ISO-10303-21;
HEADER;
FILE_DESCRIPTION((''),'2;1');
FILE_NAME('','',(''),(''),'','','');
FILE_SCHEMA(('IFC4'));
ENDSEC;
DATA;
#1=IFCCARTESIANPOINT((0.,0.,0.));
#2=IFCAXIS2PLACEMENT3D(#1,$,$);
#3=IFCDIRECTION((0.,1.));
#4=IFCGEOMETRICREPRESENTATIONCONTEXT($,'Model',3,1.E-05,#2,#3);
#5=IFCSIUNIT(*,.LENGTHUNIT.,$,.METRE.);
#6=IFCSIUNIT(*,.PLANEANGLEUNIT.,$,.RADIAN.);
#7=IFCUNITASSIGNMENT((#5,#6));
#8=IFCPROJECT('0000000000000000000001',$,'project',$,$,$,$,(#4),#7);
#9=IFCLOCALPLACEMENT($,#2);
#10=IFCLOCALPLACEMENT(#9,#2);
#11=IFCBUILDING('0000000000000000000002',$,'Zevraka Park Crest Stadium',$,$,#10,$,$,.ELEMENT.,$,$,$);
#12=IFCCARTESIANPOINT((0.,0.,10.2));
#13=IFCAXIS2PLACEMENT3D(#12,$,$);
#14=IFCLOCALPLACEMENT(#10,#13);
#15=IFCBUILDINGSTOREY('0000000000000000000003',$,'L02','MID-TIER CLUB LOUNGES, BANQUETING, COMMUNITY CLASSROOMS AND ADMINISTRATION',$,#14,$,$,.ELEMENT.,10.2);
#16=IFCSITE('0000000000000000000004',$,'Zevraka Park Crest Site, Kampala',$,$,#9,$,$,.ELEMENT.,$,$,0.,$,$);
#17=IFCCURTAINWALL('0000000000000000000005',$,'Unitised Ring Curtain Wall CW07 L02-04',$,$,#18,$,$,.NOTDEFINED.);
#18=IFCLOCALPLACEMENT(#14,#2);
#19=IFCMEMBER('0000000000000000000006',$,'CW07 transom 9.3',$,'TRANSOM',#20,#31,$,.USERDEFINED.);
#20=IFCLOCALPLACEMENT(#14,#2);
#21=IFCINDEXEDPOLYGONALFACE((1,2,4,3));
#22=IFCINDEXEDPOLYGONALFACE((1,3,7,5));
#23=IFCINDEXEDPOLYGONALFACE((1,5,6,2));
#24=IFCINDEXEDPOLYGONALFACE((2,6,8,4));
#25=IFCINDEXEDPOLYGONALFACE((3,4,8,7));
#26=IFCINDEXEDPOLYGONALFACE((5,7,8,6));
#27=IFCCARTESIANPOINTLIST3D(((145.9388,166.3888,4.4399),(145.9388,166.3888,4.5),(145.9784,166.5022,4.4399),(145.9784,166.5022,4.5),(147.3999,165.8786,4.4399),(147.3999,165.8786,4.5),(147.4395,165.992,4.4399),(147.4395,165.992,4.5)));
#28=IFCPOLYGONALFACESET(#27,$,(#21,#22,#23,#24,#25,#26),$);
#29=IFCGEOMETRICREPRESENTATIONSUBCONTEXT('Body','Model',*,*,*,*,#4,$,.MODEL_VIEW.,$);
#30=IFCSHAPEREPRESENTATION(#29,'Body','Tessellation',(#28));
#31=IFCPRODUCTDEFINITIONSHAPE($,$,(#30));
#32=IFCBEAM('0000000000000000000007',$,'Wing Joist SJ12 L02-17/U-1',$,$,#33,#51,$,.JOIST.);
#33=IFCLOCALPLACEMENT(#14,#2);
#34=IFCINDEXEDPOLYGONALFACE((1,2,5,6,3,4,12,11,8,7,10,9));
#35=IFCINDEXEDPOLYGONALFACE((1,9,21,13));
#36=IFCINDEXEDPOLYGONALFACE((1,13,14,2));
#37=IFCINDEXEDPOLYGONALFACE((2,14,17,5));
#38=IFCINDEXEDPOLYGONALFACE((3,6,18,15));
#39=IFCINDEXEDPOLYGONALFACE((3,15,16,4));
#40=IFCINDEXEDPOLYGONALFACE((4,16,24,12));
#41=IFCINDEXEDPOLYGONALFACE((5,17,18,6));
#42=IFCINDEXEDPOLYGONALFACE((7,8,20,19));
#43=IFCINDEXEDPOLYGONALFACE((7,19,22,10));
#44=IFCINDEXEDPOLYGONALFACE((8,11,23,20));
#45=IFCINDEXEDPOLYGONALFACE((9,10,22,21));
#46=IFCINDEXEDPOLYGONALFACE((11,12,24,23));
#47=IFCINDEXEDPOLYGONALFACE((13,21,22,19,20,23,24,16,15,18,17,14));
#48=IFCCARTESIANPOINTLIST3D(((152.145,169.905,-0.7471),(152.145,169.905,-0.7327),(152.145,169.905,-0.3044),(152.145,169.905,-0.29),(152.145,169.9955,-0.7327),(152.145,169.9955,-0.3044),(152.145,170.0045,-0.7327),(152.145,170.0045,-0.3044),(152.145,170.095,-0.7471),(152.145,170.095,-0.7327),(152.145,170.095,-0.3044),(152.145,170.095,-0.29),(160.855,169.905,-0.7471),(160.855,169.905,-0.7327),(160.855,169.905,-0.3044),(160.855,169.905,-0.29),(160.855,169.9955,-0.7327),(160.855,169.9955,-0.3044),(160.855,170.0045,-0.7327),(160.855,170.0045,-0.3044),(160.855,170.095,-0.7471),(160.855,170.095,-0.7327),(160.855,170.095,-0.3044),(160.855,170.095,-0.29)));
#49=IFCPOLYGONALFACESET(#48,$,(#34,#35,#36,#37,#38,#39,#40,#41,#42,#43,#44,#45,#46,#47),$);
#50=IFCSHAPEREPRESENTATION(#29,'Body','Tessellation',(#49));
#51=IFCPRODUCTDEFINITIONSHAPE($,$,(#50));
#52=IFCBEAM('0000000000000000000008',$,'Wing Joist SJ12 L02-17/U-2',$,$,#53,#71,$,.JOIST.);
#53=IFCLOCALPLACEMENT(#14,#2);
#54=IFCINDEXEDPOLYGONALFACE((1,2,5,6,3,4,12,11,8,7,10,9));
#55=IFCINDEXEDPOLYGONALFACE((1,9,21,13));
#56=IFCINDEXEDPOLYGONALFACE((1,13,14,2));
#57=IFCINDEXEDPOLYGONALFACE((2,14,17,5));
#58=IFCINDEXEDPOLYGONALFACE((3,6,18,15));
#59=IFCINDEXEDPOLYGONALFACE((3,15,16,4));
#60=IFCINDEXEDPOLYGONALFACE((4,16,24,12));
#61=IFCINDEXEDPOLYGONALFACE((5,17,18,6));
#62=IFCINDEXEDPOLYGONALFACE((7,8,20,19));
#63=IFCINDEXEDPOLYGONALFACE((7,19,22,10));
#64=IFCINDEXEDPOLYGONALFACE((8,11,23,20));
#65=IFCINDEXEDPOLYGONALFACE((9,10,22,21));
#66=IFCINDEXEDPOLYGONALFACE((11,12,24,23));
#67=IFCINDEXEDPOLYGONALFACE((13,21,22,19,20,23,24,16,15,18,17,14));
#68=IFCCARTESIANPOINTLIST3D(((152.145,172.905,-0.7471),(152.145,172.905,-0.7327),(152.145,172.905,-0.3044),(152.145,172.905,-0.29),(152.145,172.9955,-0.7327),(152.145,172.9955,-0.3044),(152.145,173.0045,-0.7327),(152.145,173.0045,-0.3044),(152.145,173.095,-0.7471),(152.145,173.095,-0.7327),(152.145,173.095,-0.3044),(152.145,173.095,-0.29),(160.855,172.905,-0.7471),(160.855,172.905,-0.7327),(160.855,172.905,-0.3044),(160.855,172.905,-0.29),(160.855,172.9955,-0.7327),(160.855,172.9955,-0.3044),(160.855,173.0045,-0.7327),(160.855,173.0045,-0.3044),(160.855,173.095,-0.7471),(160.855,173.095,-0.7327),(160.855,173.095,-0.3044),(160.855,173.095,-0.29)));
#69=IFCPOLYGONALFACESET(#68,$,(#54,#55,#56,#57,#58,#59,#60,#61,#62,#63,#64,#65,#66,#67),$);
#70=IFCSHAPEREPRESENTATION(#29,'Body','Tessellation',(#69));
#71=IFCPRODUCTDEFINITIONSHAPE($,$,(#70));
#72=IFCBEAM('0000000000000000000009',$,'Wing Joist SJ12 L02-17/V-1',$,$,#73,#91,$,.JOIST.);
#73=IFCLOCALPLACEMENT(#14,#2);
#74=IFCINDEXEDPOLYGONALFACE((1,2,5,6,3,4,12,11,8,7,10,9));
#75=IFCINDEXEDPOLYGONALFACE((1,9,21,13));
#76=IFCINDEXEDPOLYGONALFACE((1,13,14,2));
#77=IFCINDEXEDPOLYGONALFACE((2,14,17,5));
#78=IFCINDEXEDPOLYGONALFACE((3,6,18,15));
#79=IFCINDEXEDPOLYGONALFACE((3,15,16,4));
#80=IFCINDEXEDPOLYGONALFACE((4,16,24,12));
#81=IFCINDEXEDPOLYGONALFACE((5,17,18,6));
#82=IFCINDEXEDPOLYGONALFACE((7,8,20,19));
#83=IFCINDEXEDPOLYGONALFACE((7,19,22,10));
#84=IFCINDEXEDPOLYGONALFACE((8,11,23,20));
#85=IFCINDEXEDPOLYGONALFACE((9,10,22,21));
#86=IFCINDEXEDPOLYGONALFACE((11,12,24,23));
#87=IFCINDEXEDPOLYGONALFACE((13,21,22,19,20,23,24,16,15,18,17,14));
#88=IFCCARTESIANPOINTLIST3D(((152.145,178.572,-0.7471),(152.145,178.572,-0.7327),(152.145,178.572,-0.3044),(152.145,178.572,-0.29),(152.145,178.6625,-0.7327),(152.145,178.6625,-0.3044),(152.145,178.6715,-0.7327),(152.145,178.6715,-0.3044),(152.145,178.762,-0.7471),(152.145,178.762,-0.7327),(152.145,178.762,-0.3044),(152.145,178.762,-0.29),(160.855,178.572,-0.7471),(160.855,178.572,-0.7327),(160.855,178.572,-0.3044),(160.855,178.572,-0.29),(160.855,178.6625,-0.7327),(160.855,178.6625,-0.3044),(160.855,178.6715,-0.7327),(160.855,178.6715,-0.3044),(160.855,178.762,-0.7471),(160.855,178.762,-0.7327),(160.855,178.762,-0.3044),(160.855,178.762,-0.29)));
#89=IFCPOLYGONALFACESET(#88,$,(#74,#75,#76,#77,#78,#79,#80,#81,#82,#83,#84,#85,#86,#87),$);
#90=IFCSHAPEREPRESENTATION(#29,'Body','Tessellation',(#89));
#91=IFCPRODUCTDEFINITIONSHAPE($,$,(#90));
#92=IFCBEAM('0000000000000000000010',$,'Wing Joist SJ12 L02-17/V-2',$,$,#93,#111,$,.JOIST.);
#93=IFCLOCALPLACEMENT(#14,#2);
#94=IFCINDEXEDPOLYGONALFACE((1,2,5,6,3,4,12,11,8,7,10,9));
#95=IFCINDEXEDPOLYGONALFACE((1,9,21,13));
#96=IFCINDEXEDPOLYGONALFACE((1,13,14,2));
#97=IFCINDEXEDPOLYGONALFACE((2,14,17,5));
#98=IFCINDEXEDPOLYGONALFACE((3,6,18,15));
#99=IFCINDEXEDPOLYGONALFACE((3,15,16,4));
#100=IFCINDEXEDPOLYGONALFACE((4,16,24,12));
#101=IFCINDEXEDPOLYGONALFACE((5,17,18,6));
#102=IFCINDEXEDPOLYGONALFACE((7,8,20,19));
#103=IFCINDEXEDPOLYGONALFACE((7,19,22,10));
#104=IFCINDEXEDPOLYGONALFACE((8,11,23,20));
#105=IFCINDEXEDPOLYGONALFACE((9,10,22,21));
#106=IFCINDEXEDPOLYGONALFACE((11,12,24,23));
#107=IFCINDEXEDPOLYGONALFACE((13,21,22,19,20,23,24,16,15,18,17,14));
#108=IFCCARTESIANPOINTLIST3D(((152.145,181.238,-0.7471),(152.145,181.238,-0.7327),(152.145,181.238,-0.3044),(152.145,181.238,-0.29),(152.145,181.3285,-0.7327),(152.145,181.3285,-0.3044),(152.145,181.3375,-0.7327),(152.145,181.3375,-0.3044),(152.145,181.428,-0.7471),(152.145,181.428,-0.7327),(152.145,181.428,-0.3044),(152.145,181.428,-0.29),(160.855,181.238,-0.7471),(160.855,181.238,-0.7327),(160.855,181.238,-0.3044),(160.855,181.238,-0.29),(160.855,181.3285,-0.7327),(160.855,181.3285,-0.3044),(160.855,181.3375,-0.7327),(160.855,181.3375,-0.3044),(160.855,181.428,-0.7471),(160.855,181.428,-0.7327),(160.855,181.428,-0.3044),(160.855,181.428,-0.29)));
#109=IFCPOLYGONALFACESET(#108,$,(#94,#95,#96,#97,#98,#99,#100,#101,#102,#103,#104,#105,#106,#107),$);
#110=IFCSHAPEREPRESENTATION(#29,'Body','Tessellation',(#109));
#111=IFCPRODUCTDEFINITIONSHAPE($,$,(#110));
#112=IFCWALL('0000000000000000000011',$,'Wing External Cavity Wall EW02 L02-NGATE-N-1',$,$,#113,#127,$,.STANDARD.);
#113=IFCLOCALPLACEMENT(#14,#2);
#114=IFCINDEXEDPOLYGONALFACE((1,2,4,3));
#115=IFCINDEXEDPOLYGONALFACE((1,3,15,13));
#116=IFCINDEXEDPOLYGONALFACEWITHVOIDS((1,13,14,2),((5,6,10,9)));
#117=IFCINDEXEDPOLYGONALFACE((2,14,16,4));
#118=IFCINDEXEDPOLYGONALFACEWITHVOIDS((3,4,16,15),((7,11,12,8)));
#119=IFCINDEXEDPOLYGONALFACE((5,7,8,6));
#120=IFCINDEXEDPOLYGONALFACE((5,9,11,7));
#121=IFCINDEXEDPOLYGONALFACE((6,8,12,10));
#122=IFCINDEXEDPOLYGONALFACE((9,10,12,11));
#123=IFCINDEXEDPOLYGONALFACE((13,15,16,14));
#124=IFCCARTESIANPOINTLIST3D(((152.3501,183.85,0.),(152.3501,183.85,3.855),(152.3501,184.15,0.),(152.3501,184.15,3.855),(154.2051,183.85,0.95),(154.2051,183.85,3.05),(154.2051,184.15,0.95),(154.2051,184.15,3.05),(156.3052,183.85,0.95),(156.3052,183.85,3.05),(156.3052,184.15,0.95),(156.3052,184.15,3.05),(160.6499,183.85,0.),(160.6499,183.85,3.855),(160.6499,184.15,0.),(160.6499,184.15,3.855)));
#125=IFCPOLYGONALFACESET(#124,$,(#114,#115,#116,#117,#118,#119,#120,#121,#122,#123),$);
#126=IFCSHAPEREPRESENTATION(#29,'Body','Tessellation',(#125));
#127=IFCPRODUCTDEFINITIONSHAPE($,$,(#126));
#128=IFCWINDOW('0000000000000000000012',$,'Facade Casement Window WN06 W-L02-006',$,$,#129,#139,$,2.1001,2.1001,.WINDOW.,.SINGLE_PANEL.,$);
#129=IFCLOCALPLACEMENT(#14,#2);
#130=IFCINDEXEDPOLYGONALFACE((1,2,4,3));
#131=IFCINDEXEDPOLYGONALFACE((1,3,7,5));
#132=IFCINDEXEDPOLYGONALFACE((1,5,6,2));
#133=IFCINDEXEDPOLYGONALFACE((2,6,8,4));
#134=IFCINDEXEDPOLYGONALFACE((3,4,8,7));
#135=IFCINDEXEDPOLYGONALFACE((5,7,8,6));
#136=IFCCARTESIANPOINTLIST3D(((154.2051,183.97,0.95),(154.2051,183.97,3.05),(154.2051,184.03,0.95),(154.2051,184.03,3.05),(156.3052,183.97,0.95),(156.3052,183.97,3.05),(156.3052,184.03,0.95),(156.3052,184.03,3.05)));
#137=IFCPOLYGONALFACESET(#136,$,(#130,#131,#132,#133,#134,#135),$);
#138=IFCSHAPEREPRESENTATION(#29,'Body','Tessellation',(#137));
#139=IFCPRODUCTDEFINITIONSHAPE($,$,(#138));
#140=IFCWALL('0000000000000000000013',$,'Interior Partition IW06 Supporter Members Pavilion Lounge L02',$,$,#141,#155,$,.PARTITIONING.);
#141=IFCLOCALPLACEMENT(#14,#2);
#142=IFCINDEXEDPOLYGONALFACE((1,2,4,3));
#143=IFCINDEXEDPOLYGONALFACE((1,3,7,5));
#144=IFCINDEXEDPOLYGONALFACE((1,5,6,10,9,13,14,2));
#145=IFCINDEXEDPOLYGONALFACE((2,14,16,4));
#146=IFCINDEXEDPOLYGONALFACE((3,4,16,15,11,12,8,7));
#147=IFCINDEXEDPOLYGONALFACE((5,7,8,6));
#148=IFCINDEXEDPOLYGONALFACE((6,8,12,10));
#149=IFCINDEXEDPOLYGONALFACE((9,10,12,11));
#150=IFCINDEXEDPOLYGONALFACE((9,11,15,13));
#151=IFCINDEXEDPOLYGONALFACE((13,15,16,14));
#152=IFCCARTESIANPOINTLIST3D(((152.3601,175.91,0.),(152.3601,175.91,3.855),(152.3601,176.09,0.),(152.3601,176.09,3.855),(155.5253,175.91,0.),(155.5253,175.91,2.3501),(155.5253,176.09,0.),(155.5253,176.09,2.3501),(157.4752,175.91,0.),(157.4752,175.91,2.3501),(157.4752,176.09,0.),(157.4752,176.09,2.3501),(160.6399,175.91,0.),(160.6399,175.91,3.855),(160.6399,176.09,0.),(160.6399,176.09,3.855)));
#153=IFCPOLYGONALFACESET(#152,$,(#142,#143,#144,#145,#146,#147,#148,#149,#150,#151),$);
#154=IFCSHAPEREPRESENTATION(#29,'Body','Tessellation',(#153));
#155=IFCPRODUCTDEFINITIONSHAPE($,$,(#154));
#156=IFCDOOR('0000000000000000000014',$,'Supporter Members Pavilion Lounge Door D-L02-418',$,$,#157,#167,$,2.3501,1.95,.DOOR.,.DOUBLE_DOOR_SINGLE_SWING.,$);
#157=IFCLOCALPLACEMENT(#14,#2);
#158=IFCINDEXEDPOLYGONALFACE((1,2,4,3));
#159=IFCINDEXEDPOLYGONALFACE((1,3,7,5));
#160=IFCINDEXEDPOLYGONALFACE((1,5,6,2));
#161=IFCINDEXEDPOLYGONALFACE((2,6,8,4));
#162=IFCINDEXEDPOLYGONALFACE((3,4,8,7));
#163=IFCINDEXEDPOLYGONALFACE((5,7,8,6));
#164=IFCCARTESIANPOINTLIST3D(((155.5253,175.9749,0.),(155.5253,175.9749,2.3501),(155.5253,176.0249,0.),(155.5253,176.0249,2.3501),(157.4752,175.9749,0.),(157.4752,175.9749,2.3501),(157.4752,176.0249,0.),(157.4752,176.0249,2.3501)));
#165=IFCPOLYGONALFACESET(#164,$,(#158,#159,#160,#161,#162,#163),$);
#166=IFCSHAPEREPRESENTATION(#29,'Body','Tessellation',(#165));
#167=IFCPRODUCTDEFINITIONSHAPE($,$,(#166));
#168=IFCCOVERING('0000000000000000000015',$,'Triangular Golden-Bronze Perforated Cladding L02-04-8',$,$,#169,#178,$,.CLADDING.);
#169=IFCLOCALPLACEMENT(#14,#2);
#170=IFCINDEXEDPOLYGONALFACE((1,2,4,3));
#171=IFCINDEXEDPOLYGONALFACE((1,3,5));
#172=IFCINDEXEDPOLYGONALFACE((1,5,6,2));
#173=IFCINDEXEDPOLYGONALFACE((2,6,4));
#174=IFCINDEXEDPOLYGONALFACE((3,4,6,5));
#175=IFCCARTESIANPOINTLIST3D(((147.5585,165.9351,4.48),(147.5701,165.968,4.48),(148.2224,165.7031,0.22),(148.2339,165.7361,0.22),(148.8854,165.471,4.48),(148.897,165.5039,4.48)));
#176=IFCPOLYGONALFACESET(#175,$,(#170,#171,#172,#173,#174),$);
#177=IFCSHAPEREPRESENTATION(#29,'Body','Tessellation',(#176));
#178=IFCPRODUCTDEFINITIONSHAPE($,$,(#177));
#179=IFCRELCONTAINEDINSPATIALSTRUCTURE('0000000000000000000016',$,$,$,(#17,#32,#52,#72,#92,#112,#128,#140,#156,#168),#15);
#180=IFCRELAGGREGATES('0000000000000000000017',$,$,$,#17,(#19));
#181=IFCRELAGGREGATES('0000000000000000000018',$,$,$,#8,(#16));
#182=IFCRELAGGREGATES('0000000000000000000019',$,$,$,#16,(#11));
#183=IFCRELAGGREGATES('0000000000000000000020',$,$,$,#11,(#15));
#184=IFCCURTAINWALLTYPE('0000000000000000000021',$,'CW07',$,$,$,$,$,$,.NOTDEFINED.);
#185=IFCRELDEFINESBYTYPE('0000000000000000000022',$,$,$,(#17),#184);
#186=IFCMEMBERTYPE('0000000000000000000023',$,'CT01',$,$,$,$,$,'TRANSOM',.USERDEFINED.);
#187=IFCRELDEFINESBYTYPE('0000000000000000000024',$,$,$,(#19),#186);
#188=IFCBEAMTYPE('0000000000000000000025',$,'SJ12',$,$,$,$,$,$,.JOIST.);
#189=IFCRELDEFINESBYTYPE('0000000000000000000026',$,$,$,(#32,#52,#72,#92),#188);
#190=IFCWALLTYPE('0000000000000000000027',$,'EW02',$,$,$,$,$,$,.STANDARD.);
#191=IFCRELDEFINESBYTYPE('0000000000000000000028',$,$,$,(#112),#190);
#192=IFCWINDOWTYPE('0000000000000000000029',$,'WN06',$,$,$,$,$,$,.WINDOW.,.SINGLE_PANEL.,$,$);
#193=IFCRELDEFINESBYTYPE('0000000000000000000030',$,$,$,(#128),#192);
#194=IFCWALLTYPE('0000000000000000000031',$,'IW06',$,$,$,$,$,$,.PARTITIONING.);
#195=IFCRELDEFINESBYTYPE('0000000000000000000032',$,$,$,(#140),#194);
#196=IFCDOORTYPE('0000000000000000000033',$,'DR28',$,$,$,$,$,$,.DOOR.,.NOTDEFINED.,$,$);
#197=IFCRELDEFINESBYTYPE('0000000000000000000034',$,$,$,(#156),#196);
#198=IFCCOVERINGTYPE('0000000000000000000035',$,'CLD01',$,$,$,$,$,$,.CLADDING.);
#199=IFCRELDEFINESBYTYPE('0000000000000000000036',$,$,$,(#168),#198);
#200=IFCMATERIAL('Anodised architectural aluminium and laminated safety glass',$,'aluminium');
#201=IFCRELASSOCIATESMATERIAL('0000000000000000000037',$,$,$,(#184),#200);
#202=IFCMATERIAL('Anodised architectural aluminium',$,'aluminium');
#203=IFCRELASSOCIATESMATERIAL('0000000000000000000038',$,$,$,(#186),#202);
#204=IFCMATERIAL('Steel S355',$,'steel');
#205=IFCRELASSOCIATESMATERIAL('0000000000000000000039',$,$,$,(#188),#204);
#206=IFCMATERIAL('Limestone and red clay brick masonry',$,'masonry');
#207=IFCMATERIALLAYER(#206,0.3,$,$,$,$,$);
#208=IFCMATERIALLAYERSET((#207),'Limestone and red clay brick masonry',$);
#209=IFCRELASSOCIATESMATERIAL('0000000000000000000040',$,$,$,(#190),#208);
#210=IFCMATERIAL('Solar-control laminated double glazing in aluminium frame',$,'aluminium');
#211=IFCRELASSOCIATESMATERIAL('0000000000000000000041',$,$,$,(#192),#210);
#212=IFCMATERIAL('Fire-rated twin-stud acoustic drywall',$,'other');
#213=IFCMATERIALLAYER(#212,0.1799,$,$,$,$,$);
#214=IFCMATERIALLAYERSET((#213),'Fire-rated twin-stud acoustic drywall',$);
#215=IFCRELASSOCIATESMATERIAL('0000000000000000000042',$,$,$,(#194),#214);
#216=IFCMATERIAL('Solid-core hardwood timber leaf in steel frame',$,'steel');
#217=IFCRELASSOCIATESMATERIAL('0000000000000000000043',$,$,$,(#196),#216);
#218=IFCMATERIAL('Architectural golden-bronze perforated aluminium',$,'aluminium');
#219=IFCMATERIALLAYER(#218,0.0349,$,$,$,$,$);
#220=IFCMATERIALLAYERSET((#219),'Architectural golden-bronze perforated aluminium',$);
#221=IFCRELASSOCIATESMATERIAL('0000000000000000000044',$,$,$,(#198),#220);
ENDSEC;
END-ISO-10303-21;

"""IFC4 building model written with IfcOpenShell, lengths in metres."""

from ifc_helpers import new_model, si_unit, direction, frame, frame_2d, origin, origin_2d, place, context, subcontext, project, spatial, polyline, rectangle, i_section, outline, extrude, material, layer, layer_set, material_profile, profile_set, type_object, element, fill, aggregate, save


model = new_model("IFC4")

# Units and contexts
model_context = context("Model", 3, precision=1e-05, world=origin(), true_north=direction((0.0, 1.0)))
body_context = subcontext(model_context, "Body", "Model", "MODEL_VIEW")
ifc_project = project(units=[si_unit("LENGTHUNIT", "METRE"), si_unit("PLANEANGLEUNIT", "RADIAN")], contexts=[model_context])

# Site, building, storey
site_placement = place(None, origin())
site = spatial("IfcSite", under=ifc_project, at=site_placement, Name="Zevraka Park Crest Site, Kampala", CompositionType="ELEMENT", RefElevation=0.0)
building_placement = place(site_placement, origin())
building = spatial("IfcBuilding", under=site, at=building_placement, Name="Zevraka Park Crest Stadium", CompositionType="ELEMENT")
storey_placement = place(building_placement, frame((0.0, 0.0, 10.2)))
storey = spatial("IfcBuildingStorey", under=building, at=storey_placement, Name="L02", Description="MID-TIER CLUB LOUNGES, BANQUETING, COMMUNITY CLASSROOMS AND ADMINISTRATION", CompositionType="ELEMENT", Elevation=10.2)

# Curtain wall, member
ifc_material_1 = material(Name="Anodised architectural aluminium and laminated safety glass", Category="aluminium")
curtain_wall_type = type_object("IfcCurtainWallType", Name="CW07", PredefinedType="NOTDEFINED", material=ifc_material_1)
curtain_wall_placement = place(storey_placement, origin())
curtain_wall = element("IfcCurtainWall", 1, at=curtain_wall_placement, inside=storey, type_object=curtain_wall_type, Name="Unitised Ring Curtain Wall CW07 L02-04", PredefinedType="NOTDEFINED")
ifc_material_2 = material(Name="Anodised architectural aluminium", Category="aluminium")
ifc_material_profile_1 = material_profile(ifc_material_2, rectangle(XDim=0.1201, YDim=0.0601, at=origin_2d()), Name="ALU TRANSOM 120x60")
ifc_profile_set_1 = profile_set([ifc_material_profile_1], Name="Anodised architectural aluminium")
member_type = type_object("IfcMemberType", Name="CT01", ElementType="TRANSOM", PredefinedType="USERDEFINED", material=ifc_profile_set_1)
member_1_placement = place(storey_placement, frame((147.4197, 165.9353, 4.47), z_axis=(-0.944092, 0.329683, 0.0), x_axis=(-0.329683, -0.944092, 0.0)))
member_1 = element("IfcMember", 2, at=member_1_placement, type_object=member_type, Name="CW07 transom 9.3", ObjectType="TRANSOM", PredefinedType="USERDEFINED", context=body_context, shape_type="SweptSolid", body=[
    extrude(rectangle(XDim=0.1201, YDim=0.0601, at=origin_2d()), origin(), (0.0, 0.0, 1.0), 1.5476),
])
aggregate(curtain_wall, [member_1])

# Beams
ifc_material_3 = material(Name="Steel S355", Category="steel")
ifc_material_profile_2 = material_profile(ifc_material_3, i_section(OverallWidth=0.1899, OverallDepth=0.457, WebThickness=0.009, FlangeThickness=0.0144, at=origin_2d()), Name="UKB 457x191x74")
ifc_profile_set_2 = profile_set([ifc_material_profile_2], Name="Steel S355")
beam_type_1 = type_object("IfcBeamType", Name="SJ12", PredefinedType="JOIST", material=ifc_profile_set_2)
for number, where, z_axis, x_axis, name in (
    (3, (152.145, 170.0, -0.5186), (1.0, 0.0, 0.0), (0.0, 1.0, 0.0), "Wing Joist SJ12 L02-17/U-1"),
    (4, (152.145, 173.0, -0.5186), (1.0, 0.0, 0.0), (0.0, 1.0, 0.0), "Wing Joist SJ12 L02-17/U-2"),
    (5, (152.145, 178.667, -0.5186), (1.0, 0.0, 0.0), (0.0, 1.0, 0.0), "Wing Joist SJ12 L02-17/V-1"),
    (6, (152.145, 181.333, -0.5186), (1.0, 0.0, 0.0), (0.0, 1.0, 0.0), "Wing Joist SJ12 L02-17/V-2"),
):
    element("IfcBeam", number, at=place(storey_placement, frame(where, z_axis=z_axis, x_axis=x_axis)), inside=storey, type_object=beam_type_1, Name=name, PredefinedType="JOIST", context=body_context, shape_type="SweptSolid", body=[
        extrude(i_section(OverallWidth=0.1899, OverallDepth=0.457, WebThickness=0.009, FlangeThickness=0.0144, at=origin_2d()), origin(), (0.0, 0.0, 1.0), 8.71),
    ])

# Wall, opening, window
ifc_material_4 = material(Name="Limestone and red clay brick masonry", Category="masonry")
ifc_layer_1 = layer(ifc_material_4, 0.3)
ifc_layer_set_1 = layer_set([ifc_layer_1], Name="Limestone and red clay brick masonry")
wall_type_1 = type_object("IfcWallType", Name="EW02", PredefinedType="STANDARD", material=ifc_layer_set_1)
wall_1_placement = place(storey_placement, frame((152.3501, 184.0, 0.0), z_axis=(0.0, 0.0, 1.0), x_axis=(1.0, 0.0, 0.0)))
wall_1 = element("IfcWall", 7, at=wall_1_placement, inside=storey, type_object=wall_type_1, Name="Wing External Cavity Wall EW02 L02-NGATE-N-1", PredefinedType="STANDARD", context=body_context, shape_type="SweptSolid", body=[
    extrude(rectangle(XDim=8.2998, YDim=0.3, at=frame_2d((4.1499, 0.0))), origin(), (0.0, 0.0, 1.0), 3.855),
])
opening_1_placement = place(wall_1_placement, frame((1.855, 0.0, 0.95)))
opening_1 = element("IfcOpeningElement", 8, at=opening_1_placement, cuts=wall_1, PredefinedType="OPENING", context=body_context, shape_type="SweptSolid", body=[
    extrude(rectangle(XDim=2.1001, YDim=2.1001, at=frame_2d((1.05, 1.05))), frame((0.0, 0.1599, 0.0), z_axis=(0.0, -1.0, 0.0), x_axis=(1.0, 0.0, 0.0)), (0.0, 0.0, 1.0), 0.3201),
])
ifc_material_5 = material(Name="Solar-control laminated double glazing in aluminium frame", Category="aluminium")
window_type = type_object("IfcWindowType", Name="WN06", PartitioningType="SINGLE_PANEL", PredefinedType="WINDOW", material=ifc_material_5)
window_placement = place(opening_1_placement, origin())
window = element("IfcWindow", 9, at=window_placement, inside=storey, type_object=window_type, Name="Facade Casement Window WN06 W-L02-006", OverallHeight=2.1001, OverallWidth=2.1001, PartitioningType="SINGLE_PANEL", PredefinedType="WINDOW", context=body_context, shape_type="SweptSolid", body=[
    extrude(rectangle(XDim=2.1001, YDim=2.1001, at=frame_2d((1.05, 1.05))), frame((0.0, 0.03, 0.0), z_axis=(0.0, -1.0, 0.0), x_axis=(1.0, 0.0, 0.0)), (0.0, 0.0, 1.0), 0.0601),
])
fill(opening_1, window)

# Wall, opening, door
ifc_material_6 = material(Name="Fire-rated twin-stud acoustic drywall", Category="other")
ifc_layer_2 = layer(ifc_material_6, 0.1799)
ifc_layer_set_2 = layer_set([ifc_layer_2], Name="Fire-rated twin-stud acoustic drywall")
wall_type_2 = type_object("IfcWallType", Name="IW06", PredefinedType="PARTITIONING", material=ifc_layer_set_2)
wall_2_placement = place(storey_placement, frame((152.3601, 176.0, 0.0), z_axis=(0.0, 0.0, 1.0), x_axis=(1.0, 0.0, 0.0)))
wall_2 = element("IfcWall", 10, at=wall_2_placement, inside=storey, type_object=wall_type_2, Name="Interior Partition IW06 Supporter Members Pavilion Lounge L02", PredefinedType="PARTITIONING", context=body_context, shape_type="SweptSolid", body=[
    extrude(rectangle(XDim=8.2798, YDim=0.1799, at=frame_2d((4.1399, 0.0))), origin(), (0.0, 0.0, 1.0), 3.855),
])
opening_2_placement = place(wall_2_placement, frame((3.165, 0.0, 0.0)))
opening_2 = element("IfcOpeningElement", 11, at=opening_2_placement, cuts=wall_2, PredefinedType="OPENING", context=body_context, shape_type="SweptSolid", body=[
    extrude(rectangle(XDim=1.95, YDim=2.3501, at=frame_2d((0.9751, 1.175))), frame((0.0, 0.0999, 0.0), z_axis=(0.0, -1.0, 0.0), x_axis=(1.0, 0.0, 0.0)), (0.0, 0.0, 1.0), 0.2),
])
ifc_material_7 = material(Name="Solid-core hardwood timber leaf in steel frame", Category="steel")
door_type = type_object("IfcDoorType", Name="DR28", OperationType="NOTDEFINED", PredefinedType="DOOR", material=ifc_material_7)
door_placement = place(opening_2_placement, origin())
door = element("IfcDoor", 12, at=door_placement, inside=storey, type_object=door_type, Name="Supporter Members Pavilion Lounge Door D-L02-418", OperationType="DOUBLE_DOOR_SINGLE_SWING", OverallHeight=2.3501, OverallWidth=1.95, PredefinedType="DOOR", context=body_context, shape_type="SweptSolid", body=[
    extrude(rectangle(XDim=1.95, YDim=2.3501, at=frame_2d((0.9751, 1.175))), frame((0.0, 0.0249, 0.0), z_axis=(0.0, -1.0, 0.0), x_axis=(1.0, 0.0, 0.0)), (0.0, 0.0, 1.0), 0.05),
])
fill(opening_2, door)

# Covering
ifc_material_8 = material(Name="Architectural golden-bronze perforated aluminium", Category="aluminium")
ifc_layer_3 = layer(ifc_material_8, 0.0349)
ifc_layer_set_3 = layer_set([ifc_layer_3], Name="Architectural golden-bronze perforated aluminium")
covering_type = type_object("IfcCoveringType", Name="CLD01", PredefinedType="CLADDING", material=ifc_layer_set_3)
covering_1_placement = place(storey_placement, frame((147.5701, 165.968, 4.48), z_axis=(0.330157, 0.943926, 0.000055), x_axis=(0.943926, -0.330157, 0.0)))
element("IfcCovering", 13, at=covering_1_placement, inside=storey, type_object=covering_type, Name="Triangular Golden-Bronze Perforated Cladding L02-04-8", PredefinedType="CLADDING", context=body_context, shape_type="SweptSolid", body=[
    extrude(outline(polyline([(0.0, 0.0), (1.4057, 0.0), (0.7032, 4.26), (0.0, 0.0)])), origin(), (0.0, 0.0, -1.0), 0.0349),
])

save(model, "model.ifc")
